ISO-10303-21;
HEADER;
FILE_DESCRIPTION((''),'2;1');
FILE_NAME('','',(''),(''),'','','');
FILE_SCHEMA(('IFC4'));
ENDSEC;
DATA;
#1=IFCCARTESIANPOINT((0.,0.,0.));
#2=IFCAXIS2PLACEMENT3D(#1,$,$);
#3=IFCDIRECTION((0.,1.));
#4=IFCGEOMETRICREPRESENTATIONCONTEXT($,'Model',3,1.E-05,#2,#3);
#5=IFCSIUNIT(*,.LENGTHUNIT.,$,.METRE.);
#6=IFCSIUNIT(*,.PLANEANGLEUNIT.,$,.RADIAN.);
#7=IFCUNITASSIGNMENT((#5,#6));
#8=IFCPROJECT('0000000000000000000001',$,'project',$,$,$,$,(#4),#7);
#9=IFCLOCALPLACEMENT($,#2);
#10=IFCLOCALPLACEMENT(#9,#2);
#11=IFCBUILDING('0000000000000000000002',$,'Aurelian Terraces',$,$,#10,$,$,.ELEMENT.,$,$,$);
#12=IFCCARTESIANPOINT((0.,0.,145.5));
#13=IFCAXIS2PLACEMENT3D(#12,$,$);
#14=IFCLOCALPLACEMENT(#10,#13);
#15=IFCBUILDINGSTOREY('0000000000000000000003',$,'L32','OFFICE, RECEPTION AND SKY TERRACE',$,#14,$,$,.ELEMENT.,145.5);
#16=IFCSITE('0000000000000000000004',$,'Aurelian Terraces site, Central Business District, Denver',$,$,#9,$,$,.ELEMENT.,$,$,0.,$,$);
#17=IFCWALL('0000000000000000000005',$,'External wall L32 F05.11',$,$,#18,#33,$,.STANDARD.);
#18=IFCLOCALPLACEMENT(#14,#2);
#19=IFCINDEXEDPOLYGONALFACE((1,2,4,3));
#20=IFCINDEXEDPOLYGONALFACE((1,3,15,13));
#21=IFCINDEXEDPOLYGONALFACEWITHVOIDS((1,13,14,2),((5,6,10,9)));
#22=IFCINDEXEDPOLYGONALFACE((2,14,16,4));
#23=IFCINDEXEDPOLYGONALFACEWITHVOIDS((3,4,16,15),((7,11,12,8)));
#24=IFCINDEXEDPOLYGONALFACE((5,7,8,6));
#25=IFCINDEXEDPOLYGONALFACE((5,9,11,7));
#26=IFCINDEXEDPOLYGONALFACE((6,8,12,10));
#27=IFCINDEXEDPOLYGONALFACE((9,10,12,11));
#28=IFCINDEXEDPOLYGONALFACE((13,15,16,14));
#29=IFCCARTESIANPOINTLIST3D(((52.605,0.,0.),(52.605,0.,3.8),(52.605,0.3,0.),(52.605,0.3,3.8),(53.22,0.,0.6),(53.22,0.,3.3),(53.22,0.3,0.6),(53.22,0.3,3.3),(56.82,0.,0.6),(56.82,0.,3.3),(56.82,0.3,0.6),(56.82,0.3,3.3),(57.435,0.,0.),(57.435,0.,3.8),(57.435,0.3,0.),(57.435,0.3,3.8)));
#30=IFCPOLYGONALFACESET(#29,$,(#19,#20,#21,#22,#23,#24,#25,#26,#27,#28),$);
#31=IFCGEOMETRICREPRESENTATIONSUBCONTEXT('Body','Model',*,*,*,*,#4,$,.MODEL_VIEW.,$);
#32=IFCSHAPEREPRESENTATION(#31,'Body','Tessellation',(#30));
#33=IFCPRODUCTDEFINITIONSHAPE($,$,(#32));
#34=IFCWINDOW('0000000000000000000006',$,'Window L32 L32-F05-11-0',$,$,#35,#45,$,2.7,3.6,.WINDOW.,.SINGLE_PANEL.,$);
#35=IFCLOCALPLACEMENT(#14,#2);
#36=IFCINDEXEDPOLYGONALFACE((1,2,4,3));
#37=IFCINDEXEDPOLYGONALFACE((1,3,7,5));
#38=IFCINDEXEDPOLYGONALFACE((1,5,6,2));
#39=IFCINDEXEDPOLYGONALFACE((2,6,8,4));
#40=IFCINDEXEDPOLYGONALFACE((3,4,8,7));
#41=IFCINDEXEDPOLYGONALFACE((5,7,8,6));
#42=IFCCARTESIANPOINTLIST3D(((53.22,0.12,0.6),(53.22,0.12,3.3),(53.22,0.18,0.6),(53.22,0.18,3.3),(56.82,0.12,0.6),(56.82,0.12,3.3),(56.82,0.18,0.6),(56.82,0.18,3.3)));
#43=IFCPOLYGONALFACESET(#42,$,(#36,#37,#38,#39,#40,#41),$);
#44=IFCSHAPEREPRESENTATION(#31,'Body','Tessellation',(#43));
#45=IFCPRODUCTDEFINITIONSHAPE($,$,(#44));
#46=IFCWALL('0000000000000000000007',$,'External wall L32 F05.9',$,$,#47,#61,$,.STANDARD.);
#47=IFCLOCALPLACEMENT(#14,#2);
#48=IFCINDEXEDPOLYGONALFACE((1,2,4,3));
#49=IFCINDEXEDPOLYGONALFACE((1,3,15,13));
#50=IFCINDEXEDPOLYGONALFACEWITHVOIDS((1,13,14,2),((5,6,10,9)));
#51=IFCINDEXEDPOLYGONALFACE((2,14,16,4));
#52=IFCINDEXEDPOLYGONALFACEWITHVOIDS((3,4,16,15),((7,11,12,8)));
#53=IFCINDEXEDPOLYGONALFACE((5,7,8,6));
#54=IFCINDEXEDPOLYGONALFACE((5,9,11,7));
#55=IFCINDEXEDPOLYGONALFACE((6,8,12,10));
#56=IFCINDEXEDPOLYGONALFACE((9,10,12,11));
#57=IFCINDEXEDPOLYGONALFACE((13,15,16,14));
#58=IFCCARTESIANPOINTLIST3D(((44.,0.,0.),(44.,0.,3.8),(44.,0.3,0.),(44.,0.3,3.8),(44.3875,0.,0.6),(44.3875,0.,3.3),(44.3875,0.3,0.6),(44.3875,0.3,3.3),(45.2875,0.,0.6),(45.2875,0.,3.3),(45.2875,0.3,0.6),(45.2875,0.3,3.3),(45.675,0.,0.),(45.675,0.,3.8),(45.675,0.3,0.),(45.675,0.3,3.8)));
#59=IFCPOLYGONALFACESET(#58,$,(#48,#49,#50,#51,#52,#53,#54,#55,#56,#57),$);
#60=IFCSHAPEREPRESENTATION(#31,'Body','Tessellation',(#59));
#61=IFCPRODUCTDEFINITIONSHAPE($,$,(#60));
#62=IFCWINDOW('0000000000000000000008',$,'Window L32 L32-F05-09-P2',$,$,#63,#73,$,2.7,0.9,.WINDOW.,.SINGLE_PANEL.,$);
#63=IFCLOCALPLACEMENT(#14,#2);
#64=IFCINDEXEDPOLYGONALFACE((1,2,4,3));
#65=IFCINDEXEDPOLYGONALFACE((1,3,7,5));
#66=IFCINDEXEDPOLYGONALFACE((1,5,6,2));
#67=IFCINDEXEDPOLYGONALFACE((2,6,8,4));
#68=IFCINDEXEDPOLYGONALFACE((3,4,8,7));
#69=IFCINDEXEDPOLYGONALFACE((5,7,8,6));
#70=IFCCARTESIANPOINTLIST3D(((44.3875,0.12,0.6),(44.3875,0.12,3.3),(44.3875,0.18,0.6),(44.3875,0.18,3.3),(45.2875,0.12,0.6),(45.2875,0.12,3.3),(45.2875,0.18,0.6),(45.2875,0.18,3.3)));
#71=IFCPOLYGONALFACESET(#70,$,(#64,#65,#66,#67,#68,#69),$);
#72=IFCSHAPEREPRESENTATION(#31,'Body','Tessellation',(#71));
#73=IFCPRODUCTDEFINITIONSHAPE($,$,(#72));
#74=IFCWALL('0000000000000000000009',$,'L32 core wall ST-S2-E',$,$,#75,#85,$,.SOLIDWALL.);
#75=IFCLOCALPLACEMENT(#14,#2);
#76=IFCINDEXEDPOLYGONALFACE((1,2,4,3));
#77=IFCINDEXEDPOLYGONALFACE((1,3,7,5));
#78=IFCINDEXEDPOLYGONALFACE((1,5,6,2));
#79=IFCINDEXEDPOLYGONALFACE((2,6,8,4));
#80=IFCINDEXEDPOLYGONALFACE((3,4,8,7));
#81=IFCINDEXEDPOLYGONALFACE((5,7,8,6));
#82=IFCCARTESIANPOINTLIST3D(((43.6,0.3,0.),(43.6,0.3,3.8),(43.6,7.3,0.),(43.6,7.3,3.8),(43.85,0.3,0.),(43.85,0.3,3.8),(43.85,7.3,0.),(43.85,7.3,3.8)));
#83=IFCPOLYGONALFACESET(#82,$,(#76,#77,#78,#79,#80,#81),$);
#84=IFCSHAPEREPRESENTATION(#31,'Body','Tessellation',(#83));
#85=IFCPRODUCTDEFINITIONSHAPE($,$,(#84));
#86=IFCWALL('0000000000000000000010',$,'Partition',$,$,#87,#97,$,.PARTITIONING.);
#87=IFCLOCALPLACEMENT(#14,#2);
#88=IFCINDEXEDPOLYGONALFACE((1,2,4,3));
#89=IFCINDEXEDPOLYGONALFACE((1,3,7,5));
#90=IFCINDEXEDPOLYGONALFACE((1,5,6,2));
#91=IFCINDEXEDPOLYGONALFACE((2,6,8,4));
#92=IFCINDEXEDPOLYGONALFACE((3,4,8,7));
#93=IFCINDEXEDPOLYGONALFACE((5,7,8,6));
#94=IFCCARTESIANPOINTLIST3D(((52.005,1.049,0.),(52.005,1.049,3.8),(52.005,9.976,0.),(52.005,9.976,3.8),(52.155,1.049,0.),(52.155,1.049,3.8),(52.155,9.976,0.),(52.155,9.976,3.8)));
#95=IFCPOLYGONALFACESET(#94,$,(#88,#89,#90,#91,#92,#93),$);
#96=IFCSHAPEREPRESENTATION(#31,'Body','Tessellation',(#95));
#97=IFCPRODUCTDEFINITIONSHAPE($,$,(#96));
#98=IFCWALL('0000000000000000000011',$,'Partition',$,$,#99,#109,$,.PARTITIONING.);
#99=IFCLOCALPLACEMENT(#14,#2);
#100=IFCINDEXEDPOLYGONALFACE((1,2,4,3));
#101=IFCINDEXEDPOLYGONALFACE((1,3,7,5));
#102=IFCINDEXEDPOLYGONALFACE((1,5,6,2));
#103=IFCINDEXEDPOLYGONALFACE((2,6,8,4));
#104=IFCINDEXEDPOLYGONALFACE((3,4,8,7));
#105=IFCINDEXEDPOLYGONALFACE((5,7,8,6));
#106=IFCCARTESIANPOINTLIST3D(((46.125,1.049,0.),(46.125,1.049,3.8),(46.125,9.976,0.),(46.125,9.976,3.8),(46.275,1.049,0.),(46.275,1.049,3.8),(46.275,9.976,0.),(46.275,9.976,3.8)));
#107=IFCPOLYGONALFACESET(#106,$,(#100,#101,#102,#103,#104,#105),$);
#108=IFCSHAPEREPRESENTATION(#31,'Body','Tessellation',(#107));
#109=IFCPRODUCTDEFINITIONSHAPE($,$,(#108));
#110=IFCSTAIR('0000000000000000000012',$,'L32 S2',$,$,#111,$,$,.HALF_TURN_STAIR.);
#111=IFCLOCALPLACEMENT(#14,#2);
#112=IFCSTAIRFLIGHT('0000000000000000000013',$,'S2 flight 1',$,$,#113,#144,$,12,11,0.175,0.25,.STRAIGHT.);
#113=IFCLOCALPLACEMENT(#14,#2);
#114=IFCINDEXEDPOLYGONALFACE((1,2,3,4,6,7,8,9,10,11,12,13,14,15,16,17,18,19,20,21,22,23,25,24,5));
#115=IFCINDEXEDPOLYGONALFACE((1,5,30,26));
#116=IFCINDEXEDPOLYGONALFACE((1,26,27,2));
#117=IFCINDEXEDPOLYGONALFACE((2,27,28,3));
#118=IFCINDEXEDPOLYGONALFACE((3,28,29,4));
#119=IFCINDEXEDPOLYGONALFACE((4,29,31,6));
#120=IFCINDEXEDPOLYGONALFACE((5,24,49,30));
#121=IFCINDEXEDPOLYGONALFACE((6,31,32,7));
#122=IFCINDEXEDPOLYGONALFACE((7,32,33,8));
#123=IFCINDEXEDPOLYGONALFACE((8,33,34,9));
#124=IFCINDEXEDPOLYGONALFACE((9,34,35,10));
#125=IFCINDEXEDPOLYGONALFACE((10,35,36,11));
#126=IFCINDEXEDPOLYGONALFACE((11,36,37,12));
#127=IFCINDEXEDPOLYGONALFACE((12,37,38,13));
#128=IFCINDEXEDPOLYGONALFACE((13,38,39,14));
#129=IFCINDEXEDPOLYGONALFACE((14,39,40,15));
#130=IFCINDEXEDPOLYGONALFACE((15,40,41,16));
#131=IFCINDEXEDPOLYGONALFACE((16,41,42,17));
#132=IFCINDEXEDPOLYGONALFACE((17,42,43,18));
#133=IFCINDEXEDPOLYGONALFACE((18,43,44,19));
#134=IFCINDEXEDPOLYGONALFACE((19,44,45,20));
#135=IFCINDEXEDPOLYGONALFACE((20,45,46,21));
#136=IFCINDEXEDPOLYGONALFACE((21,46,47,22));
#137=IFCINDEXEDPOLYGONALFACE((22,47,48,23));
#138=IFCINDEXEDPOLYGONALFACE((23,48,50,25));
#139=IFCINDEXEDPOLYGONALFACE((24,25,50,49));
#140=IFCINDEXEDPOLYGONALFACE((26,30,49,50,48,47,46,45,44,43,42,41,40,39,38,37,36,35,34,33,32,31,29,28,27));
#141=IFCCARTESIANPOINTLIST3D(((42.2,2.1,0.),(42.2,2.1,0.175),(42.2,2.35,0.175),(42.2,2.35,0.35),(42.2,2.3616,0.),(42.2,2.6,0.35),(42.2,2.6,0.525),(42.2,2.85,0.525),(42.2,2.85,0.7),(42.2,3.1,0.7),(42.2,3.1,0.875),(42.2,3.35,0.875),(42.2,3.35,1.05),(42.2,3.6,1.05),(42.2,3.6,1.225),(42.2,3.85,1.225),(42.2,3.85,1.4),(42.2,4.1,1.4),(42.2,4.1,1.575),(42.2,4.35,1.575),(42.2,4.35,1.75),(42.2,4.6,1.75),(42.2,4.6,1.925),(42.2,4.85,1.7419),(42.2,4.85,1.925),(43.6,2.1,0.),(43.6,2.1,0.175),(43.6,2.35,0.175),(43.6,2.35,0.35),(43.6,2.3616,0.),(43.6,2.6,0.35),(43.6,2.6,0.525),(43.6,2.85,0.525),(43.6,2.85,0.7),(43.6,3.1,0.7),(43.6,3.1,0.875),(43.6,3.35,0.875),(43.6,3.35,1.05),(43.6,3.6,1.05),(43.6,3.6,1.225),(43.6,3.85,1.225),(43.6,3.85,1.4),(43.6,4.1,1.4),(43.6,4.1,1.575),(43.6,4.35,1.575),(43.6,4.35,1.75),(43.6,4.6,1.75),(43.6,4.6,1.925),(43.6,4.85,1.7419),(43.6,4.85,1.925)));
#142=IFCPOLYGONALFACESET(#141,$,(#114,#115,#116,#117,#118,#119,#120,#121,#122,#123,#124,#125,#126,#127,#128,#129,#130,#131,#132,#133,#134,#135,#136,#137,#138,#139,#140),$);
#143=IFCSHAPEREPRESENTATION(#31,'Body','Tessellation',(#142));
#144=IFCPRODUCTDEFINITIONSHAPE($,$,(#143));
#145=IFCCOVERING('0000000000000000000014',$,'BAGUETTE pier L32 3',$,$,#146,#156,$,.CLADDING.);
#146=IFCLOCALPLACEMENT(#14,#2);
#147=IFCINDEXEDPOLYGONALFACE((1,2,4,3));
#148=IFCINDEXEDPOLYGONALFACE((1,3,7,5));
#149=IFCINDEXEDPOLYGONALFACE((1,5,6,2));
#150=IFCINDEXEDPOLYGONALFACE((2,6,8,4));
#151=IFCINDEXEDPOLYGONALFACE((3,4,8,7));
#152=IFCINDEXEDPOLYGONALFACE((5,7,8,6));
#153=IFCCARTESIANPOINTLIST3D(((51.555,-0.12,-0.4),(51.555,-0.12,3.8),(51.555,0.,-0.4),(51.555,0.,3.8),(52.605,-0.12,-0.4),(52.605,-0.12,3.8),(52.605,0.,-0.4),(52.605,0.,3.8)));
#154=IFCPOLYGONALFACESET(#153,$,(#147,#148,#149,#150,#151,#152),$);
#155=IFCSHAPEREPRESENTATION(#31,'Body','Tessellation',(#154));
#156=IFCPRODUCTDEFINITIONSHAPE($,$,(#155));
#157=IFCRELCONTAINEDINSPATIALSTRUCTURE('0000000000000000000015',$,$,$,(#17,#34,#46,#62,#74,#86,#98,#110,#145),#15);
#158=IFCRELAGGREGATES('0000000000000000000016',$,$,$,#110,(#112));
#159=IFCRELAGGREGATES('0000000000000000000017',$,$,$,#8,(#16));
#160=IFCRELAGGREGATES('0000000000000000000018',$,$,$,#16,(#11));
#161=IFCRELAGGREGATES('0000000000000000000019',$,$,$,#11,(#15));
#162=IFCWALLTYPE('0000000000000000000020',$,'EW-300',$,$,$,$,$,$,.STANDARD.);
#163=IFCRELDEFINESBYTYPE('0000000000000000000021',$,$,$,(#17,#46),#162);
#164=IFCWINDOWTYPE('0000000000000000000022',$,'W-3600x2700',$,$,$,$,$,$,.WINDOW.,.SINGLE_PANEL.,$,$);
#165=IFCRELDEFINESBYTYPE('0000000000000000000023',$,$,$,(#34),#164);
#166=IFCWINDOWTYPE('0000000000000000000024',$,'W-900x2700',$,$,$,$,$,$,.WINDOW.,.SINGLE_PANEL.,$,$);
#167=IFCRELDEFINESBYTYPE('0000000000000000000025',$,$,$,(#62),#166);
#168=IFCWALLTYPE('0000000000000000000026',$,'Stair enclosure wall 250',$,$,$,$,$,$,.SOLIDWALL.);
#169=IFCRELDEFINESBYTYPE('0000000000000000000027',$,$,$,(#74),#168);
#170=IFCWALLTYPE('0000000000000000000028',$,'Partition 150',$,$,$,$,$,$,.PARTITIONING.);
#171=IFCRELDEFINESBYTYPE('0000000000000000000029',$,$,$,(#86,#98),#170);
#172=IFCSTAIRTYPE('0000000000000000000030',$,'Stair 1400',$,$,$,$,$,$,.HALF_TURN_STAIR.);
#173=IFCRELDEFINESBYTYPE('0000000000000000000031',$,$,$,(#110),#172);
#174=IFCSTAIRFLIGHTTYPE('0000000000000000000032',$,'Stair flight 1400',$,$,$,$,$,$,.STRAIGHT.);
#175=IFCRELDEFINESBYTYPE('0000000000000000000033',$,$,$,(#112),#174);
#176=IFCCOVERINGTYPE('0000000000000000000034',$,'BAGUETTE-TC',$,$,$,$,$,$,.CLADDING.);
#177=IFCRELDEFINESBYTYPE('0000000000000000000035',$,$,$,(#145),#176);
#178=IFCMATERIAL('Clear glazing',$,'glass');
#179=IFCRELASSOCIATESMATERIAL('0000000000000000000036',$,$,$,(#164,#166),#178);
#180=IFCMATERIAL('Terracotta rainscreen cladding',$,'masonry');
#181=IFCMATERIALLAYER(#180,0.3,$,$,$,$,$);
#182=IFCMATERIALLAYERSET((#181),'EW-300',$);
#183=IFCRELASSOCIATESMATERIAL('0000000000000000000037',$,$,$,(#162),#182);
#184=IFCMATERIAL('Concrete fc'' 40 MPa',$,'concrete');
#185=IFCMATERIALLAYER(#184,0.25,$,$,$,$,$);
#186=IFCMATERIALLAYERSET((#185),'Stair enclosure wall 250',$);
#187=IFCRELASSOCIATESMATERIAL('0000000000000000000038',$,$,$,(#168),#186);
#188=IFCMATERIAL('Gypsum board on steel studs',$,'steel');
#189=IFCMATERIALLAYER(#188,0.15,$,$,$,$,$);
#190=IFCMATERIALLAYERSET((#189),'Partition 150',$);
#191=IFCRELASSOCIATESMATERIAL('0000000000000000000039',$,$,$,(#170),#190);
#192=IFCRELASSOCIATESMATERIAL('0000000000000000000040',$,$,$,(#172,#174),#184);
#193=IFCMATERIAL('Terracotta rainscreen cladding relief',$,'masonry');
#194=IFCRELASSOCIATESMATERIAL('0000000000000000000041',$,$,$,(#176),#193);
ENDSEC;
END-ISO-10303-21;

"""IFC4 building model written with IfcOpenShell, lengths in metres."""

from ifc_helpers import new_model, si_unit, direction, frame, frame_2d, origin, origin_2d, place, context, subcontext, project, spatial, polyline, rectangle, outline, extrude, source, transform, mapped, material, layer, layer_set, type_object, element, fill, aggregate, save


model = new_model("IFC4")

# Units and contexts
model_context = context("Model", 3, precision=1e-05, world=origin(), true_north=direction((0.0, 1.0)))
body_context = subcontext(model_context, "Body", "Model", "MODEL_VIEW")
ifc_project = project(units=[si_unit("LENGTHUNIT", "METRE"), si_unit("PLANEANGLEUNIT", "RADIAN")], contexts=[model_context])

# Site, building, storey
site_placement = place(None, origin())
site = spatial("IfcSite", under=ifc_project, at=site_placement, Name="Aurelian Terraces site, Central Business District, Denver", CompositionType="ELEMENT", RefElevation=0.0)
building_placement = place(site_placement, origin())
building = spatial("IfcBuilding", under=site, at=building_placement, Name="Aurelian Terraces", CompositionType="ELEMENT")
storey_placement = place(building_placement, frame((0.0, 0.0, 145.5)))
storey = spatial("IfcBuildingStorey", under=building, at=storey_placement, Name="L32", Description="OFFICE, RECEPTION AND SKY TERRACE", CompositionType="ELEMENT", Elevation=145.5)

# Shared definitions
ifc_material_1 = material(Name="Concrete fc' 40 MPa", Category="concrete")
ifc_material_2 = material(Name="Clear glazing", Category="glass")
shared_shape_1 = source(origin(), body_context, "Body", "SweptSolid", [
    extrude(rectangle(XDim=3.6, YDim=2.7, at=frame_2d((1.8, 1.35))), frame((0.0, 0.16, 0.0), z_axis=(0.0, -1.0, 0.0), x_axis=(1.0, 0.0, 0.0)), (0.0, 0.0, 1.0), 0.32),
])
window_type_1 = type_object("IfcWindowType", Name="W-3600x2700", PartitioningType="SINGLE_PANEL", PredefinedType="WINDOW", material=ifc_material_2)
shared_shape_2 = source(origin(), body_context, "Body", "SweptSolid", [
    extrude(rectangle(XDim=3.6, YDim=2.7, at=frame_2d((1.8, 1.35))), frame((0.0, 0.03, 0.0), z_axis=(0.0, -1.0, 0.0), x_axis=(1.0, 0.0, 0.0)), (0.0, 0.0, 1.0), 0.06),
])

# Shared definitions
ifc_material_3 = material(Name="Terracotta rainscreen cladding", Category="masonry")
ifc_layer_1 = layer(ifc_material_3, 0.3)
ifc_layer_set_1 = layer_set([ifc_layer_1], Name="EW-300")
wall_type_1 = type_object("IfcWallType", Name="EW-300", PredefinedType="STANDARD", material=ifc_layer_set_1)
shared_shape_3 = source(origin(), body_context, "Body", "SweptSolid", [
    extrude(rectangle(XDim=4.83, YDim=0.3, at=frame_2d((2.415, 0.0))), origin(), (0.0, 0.0, 1.0), 3.8),
])

# Walls, openings, windows
wall_1_placement = place(storey_placement, frame((52.605, 0.15, 0.0), z_axis=(0.0, 0.0, 1.0), x_axis=(1.0, 0.0, 0.0)))
wall_1 = element("IfcWall", 1, at=wall_1_placement, inside=storey, type_object=wall_type_1, Name="External wall L32 F05.11", PredefinedType="STANDARD", context=body_context, shape_type="MappedRepresentation", body=[
    mapped(shared_shape_3, transform((0.0, 0.0, 0.0), scale=1.0)),
])
opening_1_placement = place(wall_1_placement, frame((0.615, 0.0, 0.6)))
opening_1 = element("IfcOpeningElement", 2, at=opening_1_placement, cuts=wall_1, PredefinedType="OPENING", context=body_context, shape_type="MappedRepresentation", body=[
    mapped(shared_shape_1, transform((0.0, 0.0, 0.0), scale=1.0)),
])
window_1_placement = place(opening_1_placement, origin())
window_1 = element("IfcWindow", 3, at=window_1_placement, inside=storey, type_object=window_type_1, Name="Window L32 L32-F05-11-0", OverallHeight=2.7, OverallWidth=3.6, PartitioningType="SINGLE_PANEL", PredefinedType="WINDOW", context=body_context, shape_type="MappedRepresentation", body=[
    mapped(shared_shape_2, transform((0.0, 0.0, 0.0), scale=1.0)),
])
fill(opening_1, window_1)
shared_shape_4 = source(origin(), body_context, "Body", "SweptSolid", [
    extrude(rectangle(XDim=1.675, YDim=0.3, at=frame_2d((0.8375, 0.0))), origin(), (0.0, 0.0, 1.0), 3.8),
])
wall_2_placement = place(storey_placement, frame((44.0, 0.15, 0.0), z_axis=(0.0, 0.0, 1.0), x_axis=(1.0, 0.0, 0.0)))
wall_2 = element("IfcWall", 4, at=wall_2_placement, inside=storey, type_object=wall_type_1, Name="External wall L32 F05.9", PredefinedType="STANDARD", context=body_context, shape_type="MappedRepresentation", body=[
    mapped(shared_shape_4, transform((0.0, 0.0, 0.0), scale=1.0)),
])
shared_shape_5 = source(origin(), body_context, "Body", "SweptSolid", [
    extrude(rectangle(XDim=0.9, YDim=2.7, at=frame_2d((0.45, 1.35))), frame((0.0, 0.16, 0.0), z_axis=(0.0, -1.0, 0.0), x_axis=(1.0, 0.0, 0.0)), (0.0, 0.0, 1.0), 0.32),
])
opening_2_placement = place(wall_2_placement, frame((0.3875, 0.0, 0.6)))
opening_2 = element("IfcOpeningElement", 5, at=opening_2_placement, cuts=wall_2, PredefinedType="OPENING", context=body_context, shape_type="MappedRepresentation", body=[
    mapped(shared_shape_5, transform((0.0, 0.0, 0.0), scale=1.0)),
])
window_type_2 = type_object("IfcWindowType", Name="W-900x2700", PartitioningType="SINGLE_PANEL", PredefinedType="WINDOW", material=ifc_material_2)
shared_shape_6 = source(origin(), body_context, "Body", "SweptSolid", [
    extrude(rectangle(XDim=0.9, YDim=2.7, at=frame_2d((0.45, 1.35))), frame((0.0, 0.03, 0.0), z_axis=(0.0, -1.0, 0.0), x_axis=(1.0, 0.0, 0.0)), (0.0, 0.0, 1.0), 0.06),
])
window_2_placement = place(opening_2_placement, origin())
window_2 = element("IfcWindow", 6, at=window_2_placement, inside=storey, type_object=window_type_2, Name="Window L32 L32-F05-09-P2", OverallHeight=2.7, OverallWidth=0.9, PartitioningType="SINGLE_PANEL", PredefinedType="WINDOW", context=body_context, shape_type="MappedRepresentation", body=[
    mapped(shared_shape_6, transform((0.0, 0.0, 0.0), scale=1.0)),
])
fill(opening_2, window_2)

# Walls
ifc_layer_2 = layer(ifc_material_1, 0.25)
ifc_layer_set_2 = layer_set([ifc_layer_2], Name="Stair enclosure wall 250")
wall_type_2 = type_object("IfcWallType", Name="Stair enclosure wall 250", PredefinedType="SOLIDWALL", material=ifc_layer_set_2)
shared_shape_7 = source(origin(), body_context, "Body", "SweptSolid", [
    extrude(rectangle(XDim=7.0, YDim=0.25, at=frame_2d((3.5, 0.0))), origin(), (0.0, 0.0, 1.0), 3.8),
])
wall_3_placement = place(storey_placement, frame((43.725, 0.3, 0.0), z_axis=(0.0, 0.0, 1.0), x_axis=(0.0, 1.0, 0.0)))
element("IfcWall", 7, at=wall_3_placement, inside=storey, type_object=wall_type_2, Name="L32 core wall ST-S2-E", PredefinedType="SOLIDWALL", context=body_context, shape_type="MappedRepresentation", body=[
    mapped(shared_shape_7, transform((0.0, 0.0, 0.0), scale=1.0)),
])
ifc_material_4 = material(Name="Gypsum board on steel studs", Category="steel")
ifc_layer_3 = layer(ifc_material_4, 0.15)
ifc_layer_set_3 = layer_set([ifc_layer_3], Name="Partition 150")
wall_type_3 = type_object("IfcWallType", Name="Partition 150", PredefinedType="PARTITIONING", material=ifc_layer_set_3)
shared_shape_8 = source(origin(), body_context, "Body", "SweptSolid", [
    extrude(rectangle(XDim=8.927, YDim=0.15, at=frame_2d((4.4635, 0.0))), origin(), (0.0, 0.0, 1.0), 3.8),
])
for number, where, z_axis, x_axis, name in (
    (8, (52.08, 1.049, 0.0), (0.0, 0.0, 1.0), (0.0, 1.0, 0.0), "Partition"),
    (9, (46.2, 1.049, 0.0), (0.0, 0.0, 1.0), (0.0, 1.0, 0.0), "Partition"),
):
    element("IfcWall", number, at=place(storey_placement, frame(where, z_axis=z_axis, x_axis=x_axis)), inside=storey, type_object=wall_type_3, Name=name, PredefinedType="PARTITIONING", context=body_context, shape_type="MappedRepresentation", body=[
        mapped(shared_shape_8, transform((0.0, 0.0, 0.0), scale=1.0)),
    ])

# Stair, stair flight
stair_type = type_object("IfcStairType", Name="Stair 1400", PredefinedType="HALF_TURN_STAIR", material=ifc_material_1)
stair_placement = place(storey_placement, origin())
stair = element("IfcStair", 10, at=stair_placement, inside=storey, type_object=stair_type, Name="L32 S2", PredefinedType="HALF_TURN_STAIR")
stair_flight_type = type_object("IfcStairFlightType", Name="Stair flight 1400", PredefinedType="STRAIGHT", material=ifc_material_1)
shared_shape_9 = source(origin(), body_context, "Body", "SweptSolid", [
    extrude(outline(polyline([(0.0, 0.0), (0.0, 0.175), (0.25, 0.175), (0.25, 0.35), (0.5, 0.35), (0.5, 0.525), (0.75, 0.525), (0.75, 0.7), (1.0, 0.7), (1.0, 0.875), (1.25, 0.875), (1.25, 1.05), (1.5, 1.05), (1.5, 1.225), (1.75, 1.225), (1.75, 1.4), (2.0, 1.4), (2.0, 1.575), (2.25, 1.575), (2.25, 1.75), (2.5, 1.75), (2.5, 1.925), (2.75, 1.925), (2.75, 2.1), (2.75, 1.7419), (0.2616, 0.0), (0.0, 0.0)])), frame((0.0, 0.7, 0.0), z_axis=(0.0, -1.0, 0.0), x_axis=(1.0, 0.0, 0.0)), (0.0, 0.0, 1.0), 1.4),
])
stair_flight_placement = place(storey_placement, frame((42.9, 2.1, 0.0), z_axis=(0.0, 0.0, 1.0), x_axis=(0.0, 1.0, 0.0)))
stair_flight = element("IfcStairFlight", 11, at=stair_flight_placement, type_object=stair_flight_type, Name="S2 flight 1", NumberOfRisers=12, NumberOfTreads=11, PredefinedType="STRAIGHT", RiserHeight=0.175, TreadLength=0.25, context=body_context, shape_type="MappedRepresentation", body=[
    mapped(shared_shape_9, transform((0.0, 0.0, 0.0), scale=1.0)),
])
aggregate(stair, [stair_flight])

# Covering
ifc_material_5 = material(Name="Terracotta rainscreen cladding relief", Category="masonry")
covering_type = type_object("IfcCoveringType", Name="BAGUETTE-TC", PredefinedType="CLADDING", material=ifc_material_5)
shared_shape_10 = source(origin(), body_context, "Body", "SweptSolid", [
    extrude(rectangle(XDim=1.05, YDim=0.12, at=origin_2d()), origin(), (0.0, 0.0, 1.0), 4.2),
])
covering_placement = place(storey_placement, frame((52.08, -0.06, -0.4), z_axis=(0.0, 0.0, 1.0), x_axis=(1.0, 0.0, 0.0)))
element("IfcCovering", 12, at=covering_placement, inside=storey, type_object=covering_type, Name="BAGUETTE pier L32 3", PredefinedType="CLADDING", context=body_context, shape_type="MappedRepresentation", body=[
    mapped(shared_shape_10, transform((0.0, 0.0, 0.0), scale=1.0)),
])

save(model, "model.ifc")
